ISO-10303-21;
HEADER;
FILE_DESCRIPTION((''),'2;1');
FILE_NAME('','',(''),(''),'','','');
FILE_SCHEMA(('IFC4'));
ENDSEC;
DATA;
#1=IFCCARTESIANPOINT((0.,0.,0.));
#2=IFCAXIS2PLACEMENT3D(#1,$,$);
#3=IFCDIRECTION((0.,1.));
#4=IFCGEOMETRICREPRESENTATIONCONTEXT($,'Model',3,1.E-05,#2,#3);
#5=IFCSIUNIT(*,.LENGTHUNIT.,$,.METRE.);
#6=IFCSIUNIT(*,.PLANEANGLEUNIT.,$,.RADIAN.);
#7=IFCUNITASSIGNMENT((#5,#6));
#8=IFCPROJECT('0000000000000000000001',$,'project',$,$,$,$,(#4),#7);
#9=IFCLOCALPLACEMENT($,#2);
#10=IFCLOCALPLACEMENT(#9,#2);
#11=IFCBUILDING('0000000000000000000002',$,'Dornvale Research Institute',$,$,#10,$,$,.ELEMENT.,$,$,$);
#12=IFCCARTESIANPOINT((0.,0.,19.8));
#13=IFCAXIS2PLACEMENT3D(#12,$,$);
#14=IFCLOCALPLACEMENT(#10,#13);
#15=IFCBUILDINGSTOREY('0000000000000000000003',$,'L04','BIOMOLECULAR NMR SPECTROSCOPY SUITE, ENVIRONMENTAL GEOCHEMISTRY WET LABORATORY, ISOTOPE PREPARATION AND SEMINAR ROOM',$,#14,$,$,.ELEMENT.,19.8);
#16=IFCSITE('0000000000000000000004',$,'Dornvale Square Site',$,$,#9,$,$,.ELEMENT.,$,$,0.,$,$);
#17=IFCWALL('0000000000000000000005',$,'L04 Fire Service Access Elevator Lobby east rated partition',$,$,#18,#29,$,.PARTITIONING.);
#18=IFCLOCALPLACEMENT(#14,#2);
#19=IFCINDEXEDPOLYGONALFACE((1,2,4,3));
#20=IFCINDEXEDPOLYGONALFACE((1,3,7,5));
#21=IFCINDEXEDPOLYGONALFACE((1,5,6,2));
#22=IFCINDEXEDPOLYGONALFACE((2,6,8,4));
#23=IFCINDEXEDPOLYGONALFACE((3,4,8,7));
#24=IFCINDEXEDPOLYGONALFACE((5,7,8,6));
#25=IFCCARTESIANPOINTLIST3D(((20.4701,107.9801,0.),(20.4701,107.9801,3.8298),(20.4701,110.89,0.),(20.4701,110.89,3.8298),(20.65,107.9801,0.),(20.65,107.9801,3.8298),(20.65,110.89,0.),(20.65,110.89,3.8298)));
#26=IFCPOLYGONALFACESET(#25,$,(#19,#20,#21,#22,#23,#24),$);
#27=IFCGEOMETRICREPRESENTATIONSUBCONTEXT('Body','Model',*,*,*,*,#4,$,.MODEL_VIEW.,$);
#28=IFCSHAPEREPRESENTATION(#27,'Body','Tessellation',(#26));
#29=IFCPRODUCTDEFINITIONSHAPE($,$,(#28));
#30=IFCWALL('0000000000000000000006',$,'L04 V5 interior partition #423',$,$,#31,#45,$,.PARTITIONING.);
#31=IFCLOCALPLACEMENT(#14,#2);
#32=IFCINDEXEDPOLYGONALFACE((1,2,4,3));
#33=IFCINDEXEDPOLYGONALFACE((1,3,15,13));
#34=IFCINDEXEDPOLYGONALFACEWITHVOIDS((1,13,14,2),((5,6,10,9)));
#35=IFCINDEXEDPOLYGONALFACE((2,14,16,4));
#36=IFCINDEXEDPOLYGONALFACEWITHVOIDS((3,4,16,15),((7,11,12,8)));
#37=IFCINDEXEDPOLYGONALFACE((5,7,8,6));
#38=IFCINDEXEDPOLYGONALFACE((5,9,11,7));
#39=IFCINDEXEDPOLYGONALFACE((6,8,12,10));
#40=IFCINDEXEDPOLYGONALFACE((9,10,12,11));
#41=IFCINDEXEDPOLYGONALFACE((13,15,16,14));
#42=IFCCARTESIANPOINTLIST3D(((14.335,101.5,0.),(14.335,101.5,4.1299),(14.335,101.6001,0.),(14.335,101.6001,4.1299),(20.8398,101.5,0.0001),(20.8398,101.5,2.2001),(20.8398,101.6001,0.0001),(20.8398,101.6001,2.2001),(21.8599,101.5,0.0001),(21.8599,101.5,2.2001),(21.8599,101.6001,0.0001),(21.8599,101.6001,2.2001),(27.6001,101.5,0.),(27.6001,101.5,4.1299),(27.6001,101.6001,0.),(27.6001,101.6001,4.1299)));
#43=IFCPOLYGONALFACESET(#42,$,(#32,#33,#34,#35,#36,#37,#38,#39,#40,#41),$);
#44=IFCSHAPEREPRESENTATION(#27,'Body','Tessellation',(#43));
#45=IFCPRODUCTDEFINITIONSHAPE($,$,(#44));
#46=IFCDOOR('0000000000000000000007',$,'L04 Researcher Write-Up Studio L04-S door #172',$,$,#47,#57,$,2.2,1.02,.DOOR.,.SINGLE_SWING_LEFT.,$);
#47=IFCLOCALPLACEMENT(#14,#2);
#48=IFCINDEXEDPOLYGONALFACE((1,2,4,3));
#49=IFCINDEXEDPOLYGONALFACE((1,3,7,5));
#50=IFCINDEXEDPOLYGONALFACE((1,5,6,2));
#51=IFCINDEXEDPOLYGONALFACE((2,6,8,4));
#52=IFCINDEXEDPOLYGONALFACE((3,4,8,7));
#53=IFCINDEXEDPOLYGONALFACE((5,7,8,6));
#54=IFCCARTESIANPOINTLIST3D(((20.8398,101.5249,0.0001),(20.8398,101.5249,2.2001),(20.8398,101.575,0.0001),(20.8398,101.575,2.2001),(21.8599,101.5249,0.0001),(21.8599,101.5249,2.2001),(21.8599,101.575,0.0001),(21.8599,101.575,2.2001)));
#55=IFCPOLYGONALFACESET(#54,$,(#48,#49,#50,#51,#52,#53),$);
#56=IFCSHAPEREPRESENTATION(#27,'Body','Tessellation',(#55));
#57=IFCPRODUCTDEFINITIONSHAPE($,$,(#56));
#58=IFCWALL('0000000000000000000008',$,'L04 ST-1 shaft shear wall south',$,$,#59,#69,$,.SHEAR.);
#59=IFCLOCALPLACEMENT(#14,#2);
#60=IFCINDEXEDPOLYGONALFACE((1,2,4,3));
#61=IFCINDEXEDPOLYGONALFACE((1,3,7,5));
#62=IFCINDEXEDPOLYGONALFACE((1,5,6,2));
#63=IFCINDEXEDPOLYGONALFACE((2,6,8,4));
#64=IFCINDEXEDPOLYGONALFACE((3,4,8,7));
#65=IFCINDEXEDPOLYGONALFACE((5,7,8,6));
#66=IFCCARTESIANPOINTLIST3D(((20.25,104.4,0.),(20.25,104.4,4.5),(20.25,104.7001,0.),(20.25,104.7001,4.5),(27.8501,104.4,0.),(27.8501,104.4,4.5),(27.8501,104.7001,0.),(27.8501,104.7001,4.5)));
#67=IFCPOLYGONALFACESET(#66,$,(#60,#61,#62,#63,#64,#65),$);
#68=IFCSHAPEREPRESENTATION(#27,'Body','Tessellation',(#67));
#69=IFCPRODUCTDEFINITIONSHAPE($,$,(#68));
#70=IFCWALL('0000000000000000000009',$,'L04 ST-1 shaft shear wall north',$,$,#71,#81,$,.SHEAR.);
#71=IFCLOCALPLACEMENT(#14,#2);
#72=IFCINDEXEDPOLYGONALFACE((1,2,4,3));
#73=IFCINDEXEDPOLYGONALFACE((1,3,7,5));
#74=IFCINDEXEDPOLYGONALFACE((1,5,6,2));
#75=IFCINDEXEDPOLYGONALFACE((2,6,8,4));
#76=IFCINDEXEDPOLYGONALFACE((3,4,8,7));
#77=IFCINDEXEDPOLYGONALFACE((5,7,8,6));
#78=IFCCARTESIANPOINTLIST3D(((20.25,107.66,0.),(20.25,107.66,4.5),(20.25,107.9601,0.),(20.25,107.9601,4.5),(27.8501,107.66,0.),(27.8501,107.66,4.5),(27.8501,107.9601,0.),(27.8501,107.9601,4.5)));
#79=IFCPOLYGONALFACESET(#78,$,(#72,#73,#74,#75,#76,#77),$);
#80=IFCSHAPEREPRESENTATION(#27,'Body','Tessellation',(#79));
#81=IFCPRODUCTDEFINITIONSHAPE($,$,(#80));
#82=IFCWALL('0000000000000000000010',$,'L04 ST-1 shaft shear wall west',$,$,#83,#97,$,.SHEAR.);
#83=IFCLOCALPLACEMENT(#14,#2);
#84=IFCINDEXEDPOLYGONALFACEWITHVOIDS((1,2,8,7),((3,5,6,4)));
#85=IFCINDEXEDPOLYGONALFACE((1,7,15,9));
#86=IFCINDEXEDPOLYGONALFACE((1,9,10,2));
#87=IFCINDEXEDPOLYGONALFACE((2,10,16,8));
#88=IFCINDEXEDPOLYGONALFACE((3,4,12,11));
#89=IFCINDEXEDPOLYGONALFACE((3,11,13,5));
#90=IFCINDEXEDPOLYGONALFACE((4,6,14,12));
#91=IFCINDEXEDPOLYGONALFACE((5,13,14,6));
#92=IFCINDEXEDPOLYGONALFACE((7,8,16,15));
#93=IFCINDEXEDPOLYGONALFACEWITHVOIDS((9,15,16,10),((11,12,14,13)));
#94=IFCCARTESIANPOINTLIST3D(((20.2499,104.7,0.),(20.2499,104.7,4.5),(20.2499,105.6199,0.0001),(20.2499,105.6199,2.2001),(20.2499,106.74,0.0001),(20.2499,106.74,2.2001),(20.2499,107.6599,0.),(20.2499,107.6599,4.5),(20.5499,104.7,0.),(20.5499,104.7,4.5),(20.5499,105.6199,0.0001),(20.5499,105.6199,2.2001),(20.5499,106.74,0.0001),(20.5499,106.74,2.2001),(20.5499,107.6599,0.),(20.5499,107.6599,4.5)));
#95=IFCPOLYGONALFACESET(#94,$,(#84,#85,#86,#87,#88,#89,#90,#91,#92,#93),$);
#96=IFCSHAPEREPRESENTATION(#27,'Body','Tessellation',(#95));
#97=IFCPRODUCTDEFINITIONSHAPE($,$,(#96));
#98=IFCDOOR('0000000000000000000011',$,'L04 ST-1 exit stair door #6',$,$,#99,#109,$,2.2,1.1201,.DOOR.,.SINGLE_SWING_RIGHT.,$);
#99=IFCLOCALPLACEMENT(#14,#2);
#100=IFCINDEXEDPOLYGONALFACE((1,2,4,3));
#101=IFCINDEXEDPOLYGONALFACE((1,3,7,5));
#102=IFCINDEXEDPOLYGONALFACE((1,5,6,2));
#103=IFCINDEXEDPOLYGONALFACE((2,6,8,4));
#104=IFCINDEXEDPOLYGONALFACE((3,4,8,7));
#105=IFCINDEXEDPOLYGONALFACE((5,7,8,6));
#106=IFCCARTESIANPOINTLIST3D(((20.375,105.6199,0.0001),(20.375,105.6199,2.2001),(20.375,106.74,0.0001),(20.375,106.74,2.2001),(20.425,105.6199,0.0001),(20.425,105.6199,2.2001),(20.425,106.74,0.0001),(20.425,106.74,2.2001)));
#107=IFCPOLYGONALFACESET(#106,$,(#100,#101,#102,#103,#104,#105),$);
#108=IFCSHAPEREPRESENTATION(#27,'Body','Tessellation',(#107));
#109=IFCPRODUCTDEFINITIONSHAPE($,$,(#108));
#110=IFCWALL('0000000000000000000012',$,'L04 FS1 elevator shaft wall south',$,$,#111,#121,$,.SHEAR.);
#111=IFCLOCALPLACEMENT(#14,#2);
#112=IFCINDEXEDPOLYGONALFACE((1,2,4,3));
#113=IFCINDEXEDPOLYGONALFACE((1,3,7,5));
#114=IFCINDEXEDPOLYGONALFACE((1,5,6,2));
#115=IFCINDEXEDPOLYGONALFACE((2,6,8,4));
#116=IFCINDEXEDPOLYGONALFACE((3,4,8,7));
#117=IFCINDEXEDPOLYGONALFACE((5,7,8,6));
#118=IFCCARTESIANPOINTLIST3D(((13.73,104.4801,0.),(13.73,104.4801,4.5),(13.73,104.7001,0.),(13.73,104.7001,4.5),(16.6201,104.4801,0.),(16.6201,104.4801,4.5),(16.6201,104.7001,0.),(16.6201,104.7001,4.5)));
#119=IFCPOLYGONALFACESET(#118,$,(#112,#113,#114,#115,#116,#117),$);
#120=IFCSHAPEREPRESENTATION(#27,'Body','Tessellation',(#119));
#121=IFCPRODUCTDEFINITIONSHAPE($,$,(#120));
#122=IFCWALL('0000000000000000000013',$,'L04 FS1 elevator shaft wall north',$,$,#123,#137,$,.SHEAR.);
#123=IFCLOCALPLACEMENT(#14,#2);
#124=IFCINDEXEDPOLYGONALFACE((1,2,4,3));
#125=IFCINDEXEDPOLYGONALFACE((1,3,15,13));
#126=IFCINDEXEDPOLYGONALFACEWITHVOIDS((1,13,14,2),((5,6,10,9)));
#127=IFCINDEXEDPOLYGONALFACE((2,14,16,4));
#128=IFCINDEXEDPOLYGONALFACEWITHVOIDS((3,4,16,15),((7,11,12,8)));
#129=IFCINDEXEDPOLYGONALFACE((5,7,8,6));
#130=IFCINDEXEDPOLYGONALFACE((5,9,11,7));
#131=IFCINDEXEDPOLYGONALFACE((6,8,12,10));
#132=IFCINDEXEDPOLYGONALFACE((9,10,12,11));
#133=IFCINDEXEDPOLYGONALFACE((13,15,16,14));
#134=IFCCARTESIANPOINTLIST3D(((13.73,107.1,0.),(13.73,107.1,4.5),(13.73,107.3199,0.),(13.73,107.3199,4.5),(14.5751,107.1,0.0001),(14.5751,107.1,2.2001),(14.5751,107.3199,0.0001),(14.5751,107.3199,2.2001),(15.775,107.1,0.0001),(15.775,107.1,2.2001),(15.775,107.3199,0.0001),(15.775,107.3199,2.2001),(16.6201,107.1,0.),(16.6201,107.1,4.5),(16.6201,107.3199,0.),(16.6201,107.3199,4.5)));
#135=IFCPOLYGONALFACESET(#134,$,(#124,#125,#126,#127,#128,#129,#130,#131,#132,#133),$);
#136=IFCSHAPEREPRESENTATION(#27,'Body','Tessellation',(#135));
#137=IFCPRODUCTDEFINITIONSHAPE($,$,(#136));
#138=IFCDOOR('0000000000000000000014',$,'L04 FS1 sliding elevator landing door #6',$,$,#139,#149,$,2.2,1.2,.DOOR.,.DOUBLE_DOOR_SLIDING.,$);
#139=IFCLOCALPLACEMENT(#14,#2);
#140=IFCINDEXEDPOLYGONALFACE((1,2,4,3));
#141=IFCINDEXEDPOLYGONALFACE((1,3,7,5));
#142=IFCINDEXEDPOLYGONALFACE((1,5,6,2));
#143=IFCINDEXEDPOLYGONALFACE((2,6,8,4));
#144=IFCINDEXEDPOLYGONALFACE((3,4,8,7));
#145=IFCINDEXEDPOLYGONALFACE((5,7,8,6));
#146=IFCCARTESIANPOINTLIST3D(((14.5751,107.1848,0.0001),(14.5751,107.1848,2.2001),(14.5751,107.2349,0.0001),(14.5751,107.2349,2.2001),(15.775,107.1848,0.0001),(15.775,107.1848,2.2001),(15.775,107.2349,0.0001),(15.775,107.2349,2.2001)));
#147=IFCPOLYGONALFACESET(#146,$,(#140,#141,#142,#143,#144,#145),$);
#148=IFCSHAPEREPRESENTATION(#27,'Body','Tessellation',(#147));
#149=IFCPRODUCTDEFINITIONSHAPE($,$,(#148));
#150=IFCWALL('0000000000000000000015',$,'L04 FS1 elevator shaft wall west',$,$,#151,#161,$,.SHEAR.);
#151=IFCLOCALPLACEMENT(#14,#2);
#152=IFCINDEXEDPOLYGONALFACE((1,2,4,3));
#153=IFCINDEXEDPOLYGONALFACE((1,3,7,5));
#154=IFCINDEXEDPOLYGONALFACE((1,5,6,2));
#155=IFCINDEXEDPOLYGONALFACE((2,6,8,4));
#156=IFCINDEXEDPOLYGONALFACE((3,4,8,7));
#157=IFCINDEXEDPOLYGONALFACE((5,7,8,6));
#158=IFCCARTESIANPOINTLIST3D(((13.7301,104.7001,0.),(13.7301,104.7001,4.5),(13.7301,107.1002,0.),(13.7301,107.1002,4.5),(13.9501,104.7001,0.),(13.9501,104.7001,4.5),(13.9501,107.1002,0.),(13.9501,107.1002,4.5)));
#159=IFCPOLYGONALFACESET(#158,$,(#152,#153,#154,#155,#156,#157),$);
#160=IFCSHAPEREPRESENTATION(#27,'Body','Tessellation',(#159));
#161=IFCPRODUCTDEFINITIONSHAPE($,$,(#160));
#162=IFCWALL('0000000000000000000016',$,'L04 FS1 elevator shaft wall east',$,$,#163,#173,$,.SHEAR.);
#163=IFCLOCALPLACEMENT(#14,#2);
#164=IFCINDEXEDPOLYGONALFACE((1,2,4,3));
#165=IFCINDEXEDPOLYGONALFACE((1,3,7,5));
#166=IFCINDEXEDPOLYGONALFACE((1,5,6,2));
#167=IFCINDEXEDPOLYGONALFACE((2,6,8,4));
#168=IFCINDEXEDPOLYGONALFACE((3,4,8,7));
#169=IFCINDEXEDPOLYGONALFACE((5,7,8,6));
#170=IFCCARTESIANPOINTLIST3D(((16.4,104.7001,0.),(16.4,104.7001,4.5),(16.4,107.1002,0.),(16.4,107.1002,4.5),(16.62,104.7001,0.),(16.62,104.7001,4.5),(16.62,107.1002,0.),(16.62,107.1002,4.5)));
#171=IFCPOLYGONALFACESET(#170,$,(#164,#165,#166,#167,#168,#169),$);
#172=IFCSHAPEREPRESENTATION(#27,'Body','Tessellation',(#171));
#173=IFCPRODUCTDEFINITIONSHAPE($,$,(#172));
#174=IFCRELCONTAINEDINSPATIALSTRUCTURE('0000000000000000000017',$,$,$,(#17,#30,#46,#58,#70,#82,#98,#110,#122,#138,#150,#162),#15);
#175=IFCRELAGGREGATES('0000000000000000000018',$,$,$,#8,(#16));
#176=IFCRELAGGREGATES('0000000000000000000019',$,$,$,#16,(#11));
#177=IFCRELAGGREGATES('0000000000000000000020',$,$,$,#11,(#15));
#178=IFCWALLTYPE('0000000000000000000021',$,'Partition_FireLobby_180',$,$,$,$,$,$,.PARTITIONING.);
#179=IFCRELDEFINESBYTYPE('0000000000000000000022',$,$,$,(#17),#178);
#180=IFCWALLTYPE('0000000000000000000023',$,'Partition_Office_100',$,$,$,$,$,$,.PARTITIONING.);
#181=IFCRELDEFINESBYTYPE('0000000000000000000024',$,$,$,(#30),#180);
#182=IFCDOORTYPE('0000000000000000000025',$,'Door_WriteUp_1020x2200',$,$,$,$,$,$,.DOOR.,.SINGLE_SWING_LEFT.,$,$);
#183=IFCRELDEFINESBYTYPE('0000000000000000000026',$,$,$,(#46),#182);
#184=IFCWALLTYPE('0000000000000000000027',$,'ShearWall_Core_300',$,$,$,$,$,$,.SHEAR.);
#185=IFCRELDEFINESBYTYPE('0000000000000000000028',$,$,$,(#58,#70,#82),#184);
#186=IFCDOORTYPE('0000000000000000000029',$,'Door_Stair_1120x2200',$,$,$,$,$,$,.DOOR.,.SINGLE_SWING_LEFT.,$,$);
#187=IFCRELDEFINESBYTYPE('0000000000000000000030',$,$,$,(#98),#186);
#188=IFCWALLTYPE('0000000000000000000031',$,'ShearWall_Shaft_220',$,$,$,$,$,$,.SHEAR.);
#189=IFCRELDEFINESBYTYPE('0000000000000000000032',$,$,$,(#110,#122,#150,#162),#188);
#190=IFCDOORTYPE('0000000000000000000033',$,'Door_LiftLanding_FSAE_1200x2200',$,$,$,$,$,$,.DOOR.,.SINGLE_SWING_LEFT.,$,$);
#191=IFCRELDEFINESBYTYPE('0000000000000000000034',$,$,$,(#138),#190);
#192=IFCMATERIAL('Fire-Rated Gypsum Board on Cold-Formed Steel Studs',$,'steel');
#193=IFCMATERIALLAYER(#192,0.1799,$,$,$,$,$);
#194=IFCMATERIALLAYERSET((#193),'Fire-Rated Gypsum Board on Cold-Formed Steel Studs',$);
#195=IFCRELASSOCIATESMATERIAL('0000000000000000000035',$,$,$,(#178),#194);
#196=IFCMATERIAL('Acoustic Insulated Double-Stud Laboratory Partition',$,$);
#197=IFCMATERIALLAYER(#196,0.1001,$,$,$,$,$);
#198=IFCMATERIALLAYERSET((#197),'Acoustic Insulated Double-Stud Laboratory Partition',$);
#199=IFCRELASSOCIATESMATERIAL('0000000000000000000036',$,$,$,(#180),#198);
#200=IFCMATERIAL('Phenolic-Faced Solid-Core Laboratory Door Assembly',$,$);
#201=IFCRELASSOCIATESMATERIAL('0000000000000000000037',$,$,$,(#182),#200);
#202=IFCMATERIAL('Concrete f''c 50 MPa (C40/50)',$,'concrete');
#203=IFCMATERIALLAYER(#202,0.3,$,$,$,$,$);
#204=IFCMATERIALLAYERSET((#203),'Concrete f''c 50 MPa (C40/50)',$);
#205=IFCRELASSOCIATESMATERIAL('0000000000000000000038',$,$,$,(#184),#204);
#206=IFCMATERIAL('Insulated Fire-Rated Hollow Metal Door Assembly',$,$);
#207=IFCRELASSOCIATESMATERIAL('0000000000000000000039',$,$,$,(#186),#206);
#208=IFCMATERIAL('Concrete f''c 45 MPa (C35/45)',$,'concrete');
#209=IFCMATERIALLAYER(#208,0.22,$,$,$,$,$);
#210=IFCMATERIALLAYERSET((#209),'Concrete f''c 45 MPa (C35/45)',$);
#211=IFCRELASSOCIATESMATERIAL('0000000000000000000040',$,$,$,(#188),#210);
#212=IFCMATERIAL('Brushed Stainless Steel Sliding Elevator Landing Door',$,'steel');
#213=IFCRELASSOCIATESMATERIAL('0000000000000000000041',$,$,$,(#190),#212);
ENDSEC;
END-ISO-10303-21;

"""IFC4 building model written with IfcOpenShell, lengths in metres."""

from ifc_helpers import new_model, si_unit, direction, frame, frame_2d, origin, place, context, subcontext, project, spatial, rectangle, extrude, material, layer, layer_set, type_object, element, fill, save


model = new_model("IFC4")

# Units and contexts
model_context = context("Model", 3, precision=1e-05, world=origin(), true_north=direction((0.0, 1.0)))
body_context = subcontext(model_context, "Body", "Model", "MODEL_VIEW")
ifc_project = project(units=[si_unit("LENGTHUNIT", "METRE"), si_unit("PLANEANGLEUNIT", "RADIAN")], contexts=[model_context])

# Site, building, storey
site_placement = place(None, origin())
site = spatial("IfcSite", under=ifc_project, at=site_placement, Name="Dornvale Square Site", CompositionType="ELEMENT", RefElevation=0.0)
building_placement = place(site_placement, origin())
building = spatial("IfcBuilding", under=site, at=building_placement, Name="Dornvale Research Institute", CompositionType="ELEMENT")
storey_placement = place(building_placement, frame((0.0, 0.0, 19.8)))
storey = spatial("IfcBuildingStorey", under=building, at=storey_placement, Name="L04", Description="BIOMOLECULAR NMR SPECTROSCOPY SUITE, ENVIRONMENTAL GEOCHEMISTRY WET LABORATORY, ISOTOPE PREPARATION AND SEMINAR ROOM", CompositionType="ELEMENT", Elevation=19.8)

# Wall
ifc_material_1 = material(Name="Fire-Rated Gypsum Board on Cold-Formed Steel Studs", Category="steel")
ifc_layer_1 = layer(ifc_material_1, 0.1799)
ifc_layer_set_1 = layer_set([ifc_layer_1], Name="Fire-Rated Gypsum Board on Cold-Formed Steel Studs")
wall_type_1 = type_object("IfcWallType", Name="Partition_FireLobby_180", PredefinedType="PARTITIONING", material=ifc_layer_set_1)
wall_1_placement = place(storey_placement, frame((20.5601, 107.98, 0.0), z_axis=(0.0, 0.0, 1.0), x_axis=(0.0, 1.0, 0.0)))
element("IfcWall", 1, at=wall_1_placement, inside=storey, type_object=wall_type_1, Name="L04 Fire Service Access Elevator Lobby east rated partition", PredefinedType="PARTITIONING", context=body_context, shape_type="SweptSolid", body=[
    extrude(rectangle(XDim=2.9099, YDim=0.1799, at=frame_2d((1.4551, 0.0))), origin(), (0.0, 0.0, 1.0), 3.8298),
])

# Wall, opening, door
ifc_material_2 = material(Name="Acoustic Insulated Double-Stud Laboratory Partition")
ifc_layer_2 = layer(ifc_material_2, 0.1001)
ifc_layer_set_2 = layer_set([ifc_layer_2], Name="Acoustic Insulated Double-Stud Laboratory Partition")
wall_type_2 = type_object("IfcWallType", Name="Partition_Office_100", PredefinedType="PARTITIONING", material=ifc_layer_set_2)
wall_2_placement = place(storey_placement, frame((14.335, 101.55, 0.0), z_axis=(0.0, 0.0, 1.0), x_axis=(1.0, 0.0, 0.0)))
wall_2 = element("IfcWall", 2, at=wall_2_placement, inside=storey, type_object=wall_type_2, Name="L04 V5 interior partition #423", PredefinedType="PARTITIONING", context=body_context, shape_type="SweptSolid", body=[
    extrude(rectangle(XDim=13.2651, YDim=0.1001, at=frame_2d((6.6326, 0.0))), origin(), (0.0, 0.0, 1.0), 4.1299),
])
opening_1_placement = place(wall_2_placement, frame((6.5049, 0.0, 0.0)))
opening_1 = element("IfcOpeningElement", 3, at=opening_1_placement, cuts=wall_2, PredefinedType="OPENING", context=body_context, shape_type="SweptSolid", body=[
    extrude(rectangle(XDim=1.02, YDim=2.2, at=frame_2d((0.51, 1.1001))), frame((0.0, 0.0649, 0.0), z_axis=(0.0, -1.0, 0.0), x_axis=(1.0, 0.0, 0.0)), (0.0, 0.0, 1.0), 0.1301),
])
ifc_material_3 = material(Name="Phenolic-Faced Solid-Core Laboratory Door Assembly")
door_type_1 = type_object("IfcDoorType", Name="Door_WriteUp_1020x2200", OperationType="SINGLE_SWING_LEFT", PredefinedType="DOOR", material=ifc_material_3)
door_1_placement = place(opening_1_placement, origin())
door_1 = element("IfcDoor", 4, at=door_1_placement, inside=storey, type_object=door_type_1, Name="L04 Researcher Write-Up Studio L04-S door #172", OperationType="SINGLE_SWING_LEFT", OverallHeight=2.2, OverallWidth=1.02, PredefinedType="DOOR", context=body_context, shape_type="SweptSolid", body=[
    extrude(rectangle(XDim=1.02, YDim=2.2, at=frame_2d((0.51, 1.1001))), frame((0.0, 0.0249, 0.0), z_axis=(0.0, -1.0, 0.0), x_axis=(1.0, 0.0, 0.0)), (0.0, 0.0, 1.0), 0.05),
])
fill(opening_1, door_1)

# Walls
ifc_material_4 = material(Name="Concrete f'c 50 MPa (C40/50)", Category="concrete")
ifc_layer_3 = layer(ifc_material_4, 0.3)
ifc_layer_set_3 = layer_set([ifc_layer_3], Name="Concrete f'c 50 MPa (C40/50)")
wall_type_3 = type_object("IfcWallType", Name="ShearWall_Core_300", PredefinedType="SHEAR", material=ifc_layer_set_3)
for number, where, z_axis, x_axis, name in (
    (5, (20.25, 104.55, 0.0), (0.0, 0.0, 1.0), (1.0, 0.0, 0.0), "L04 ST-1 shaft shear wall south"),
    (6, (20.25, 107.8101, 0.0), (0.0, 0.0, 1.0), (1.0, 0.0, 0.0), "L04 ST-1 shaft shear wall north"),
):
    element("IfcWall", number, at=place(storey_placement, frame(where, z_axis=z_axis, x_axis=x_axis)), inside=storey, type_object=wall_type_3, Name=name, PredefinedType="SHEAR", context=body_context, shape_type="SweptSolid", body=[
        extrude(rectangle(XDim=7.6001, YDim=0.3, at=frame_2d((3.8, 0.0))), origin(), (0.0, 0.0, 1.0), 4.5),
    ])

# Wall, opening, door
wall_3_placement = place(storey_placement, frame((20.3999, 104.7, 0.0), z_axis=(0.0, 0.0, 1.0), x_axis=(0.0, 1.0, 0.0)))
wall_3 = element("IfcWall", 7, at=wall_3_placement, inside=storey, type_object=wall_type_3, Name="L04 ST-1 shaft shear wall west", PredefinedType="SHEAR", context=body_context, shape_type="SweptSolid", body=[
    extrude(rectangle(XDim=2.96, YDim=0.3, at=frame_2d((1.48, 0.0))), origin(), (0.0, 0.0, 1.0), 4.5),
])
opening_2_placement = place(wall_3_placement, frame((0.9199, 0.0, 0.0)))
opening_2 = element("IfcOpeningElement", 8, at=opening_2_placement, cuts=wall_3, PredefinedType="OPENING", context=body_context, shape_type="SweptSolid", body=[
    extrude(rectangle(XDim=1.1201, YDim=2.2, at=frame_2d((0.5601, 1.1001))), frame((0.0, 0.165, 0.0), z_axis=(0.0, -1.0, 0.0), x_axis=(1.0, 0.0, 0.0)), (0.0, 0.0, 1.0), 0.3301),
])
ifc_material_5 = material(Name="Insulated Fire-Rated Hollow Metal Door Assembly")
door_type_2 = type_object("IfcDoorType", Name="Door_Stair_1120x2200", OperationType="SINGLE_SWING_LEFT", PredefinedType="DOOR", material=ifc_material_5)
door_2_placement = place(opening_2_placement, origin())
door_2 = element("IfcDoor", 9, at=door_2_placement, inside=storey, type_object=door_type_2, Name="L04 ST-1 exit stair door #6", OperationType="SINGLE_SWING_RIGHT", OverallHeight=2.2, OverallWidth=1.1201, PredefinedType="DOOR", context=body_context, shape_type="SweptSolid", body=[
    extrude(rectangle(XDim=1.1201, YDim=2.2, at=frame_2d((0.5601, 1.1001))), frame((0.0, 0.0249, 0.0), z_axis=(0.0, -1.0, 0.0), x_axis=(1.0, 0.0, 0.0)), (0.0, 0.0, 1.0), 0.05),
])
fill(opening_2, door_2)

# Wall
ifc_material_6 = material(Name="Concrete f'c 45 MPa (C35/45)", Category="concrete")
ifc_layer_4 = layer(ifc_material_6, 0.22)
ifc_layer_set_4 = layer_set([ifc_layer_4], Name="Concrete f'c 45 MPa (C35/45)")
wall_type_4 = type_object("IfcWallType", Name="ShearWall_Shaft_220", PredefinedType="SHEAR", material=ifc_layer_set_4)
wall_4_placement = place(storey_placement, frame((13.73, 104.5901, 0.0), z_axis=(0.0, 0.0, 1.0), x_axis=(1.0, 0.0, 0.0)))
element("IfcWall", 10, at=wall_4_placement, inside=storey, type_object=wall_type_4, Name="L04 FS1 elevator shaft wall south", PredefinedType="SHEAR", context=body_context, shape_type="SweptSolid", body=[
    extrude(rectangle(XDim=2.8901, YDim=0.22, at=frame_2d((1.4451, 0.0))), origin(), (0.0, 0.0, 1.0), 4.5),
])

# Wall, opening, door
wall_5_placement = place(storey_placement, frame((13.73, 107.21, 0.0), z_axis=(0.0, 0.0, 1.0), x_axis=(1.0, 0.0, 0.0)))
wall_5 = element("IfcWall", 11, at=wall_5_placement, inside=storey, type_object=wall_type_4, Name="L04 FS1 elevator shaft wall north", PredefinedType="SHEAR", context=body_context, shape_type="SweptSolid", body=[
    extrude(rectangle(XDim=2.8901, YDim=0.22, at=frame_2d((1.4451, 0.0))), origin(), (0.0, 0.0, 1.0), 4.5),
])
opening_3_placement = place(wall_5_placement, frame((0.845, 0.0, 0.0)))
opening_3 = element("IfcOpeningElement", 12, at=opening_3_placement, cuts=wall_5, PredefinedType="OPENING", context=body_context, shape_type="SweptSolid", body=[
    extrude(rectangle(XDim=1.2, YDim=2.2, at=frame_2d((0.6001, 1.1001))), frame((0.0, 0.125, 0.0), z_axis=(0.0, -1.0, 0.0), x_axis=(1.0, 0.0, 0.0)), (0.0, 0.0, 1.0), 0.25),
])
ifc_material_7 = material(Name="Brushed Stainless Steel Sliding Elevator Landing Door", Category="steel")
door_type_3 = type_object("IfcDoorType", Name="Door_LiftLanding_FSAE_1200x2200", OperationType="SINGLE_SWING_LEFT", PredefinedType="DOOR", material=ifc_material_7)
door_3_placement = place(opening_3_placement, origin())
door_3 = element("IfcDoor", 13, at=door_3_placement, inside=storey, type_object=door_type_3, Name="L04 FS1 sliding elevator landing door #6", OperationType="DOUBLE_DOOR_SLIDING", OverallHeight=2.2, OverallWidth=1.2, PredefinedType="DOOR", context=body_context, shape_type="SweptSolid", body=[
    extrude(rectangle(XDim=1.2, YDim=2.2, at=frame_2d((0.6001, 1.1001))), frame((0.0, 0.0249, 0.0), z_axis=(0.0, -1.0, 0.0), x_axis=(1.0, 0.0, 0.0)), (0.0, 0.0, 1.0), 0.05),
])
fill(opening_3, door_3)

# Walls
for number, where, z_axis, x_axis, name in (
    (14, (13.8401, 104.7, 0.0), (0.0, 0.0, 1.0), (0.0, 1.0, 0.0), "L04 FS1 elevator shaft wall west"),
    (15, (16.51, 104.7, 0.0), (0.0, 0.0, 1.0), (0.0, 1.0, 0.0), "L04 FS1 elevator shaft wall east"),
):
    element("IfcWall", number, at=place(storey_placement, frame(where, z_axis=z_axis, x_axis=x_axis)), inside=storey, type_object=wall_type_4, Name=name, PredefinedType="SHEAR", context=body_context, shape_type="SweptSolid", body=[
        extrude(rectangle(XDim=2.4001, YDim=0.22, at=frame_2d((1.2002, 0.0))), origin(), (0.0, 0.0, 1.0), 4.5),
    ])

save(model, "model.ifc")
